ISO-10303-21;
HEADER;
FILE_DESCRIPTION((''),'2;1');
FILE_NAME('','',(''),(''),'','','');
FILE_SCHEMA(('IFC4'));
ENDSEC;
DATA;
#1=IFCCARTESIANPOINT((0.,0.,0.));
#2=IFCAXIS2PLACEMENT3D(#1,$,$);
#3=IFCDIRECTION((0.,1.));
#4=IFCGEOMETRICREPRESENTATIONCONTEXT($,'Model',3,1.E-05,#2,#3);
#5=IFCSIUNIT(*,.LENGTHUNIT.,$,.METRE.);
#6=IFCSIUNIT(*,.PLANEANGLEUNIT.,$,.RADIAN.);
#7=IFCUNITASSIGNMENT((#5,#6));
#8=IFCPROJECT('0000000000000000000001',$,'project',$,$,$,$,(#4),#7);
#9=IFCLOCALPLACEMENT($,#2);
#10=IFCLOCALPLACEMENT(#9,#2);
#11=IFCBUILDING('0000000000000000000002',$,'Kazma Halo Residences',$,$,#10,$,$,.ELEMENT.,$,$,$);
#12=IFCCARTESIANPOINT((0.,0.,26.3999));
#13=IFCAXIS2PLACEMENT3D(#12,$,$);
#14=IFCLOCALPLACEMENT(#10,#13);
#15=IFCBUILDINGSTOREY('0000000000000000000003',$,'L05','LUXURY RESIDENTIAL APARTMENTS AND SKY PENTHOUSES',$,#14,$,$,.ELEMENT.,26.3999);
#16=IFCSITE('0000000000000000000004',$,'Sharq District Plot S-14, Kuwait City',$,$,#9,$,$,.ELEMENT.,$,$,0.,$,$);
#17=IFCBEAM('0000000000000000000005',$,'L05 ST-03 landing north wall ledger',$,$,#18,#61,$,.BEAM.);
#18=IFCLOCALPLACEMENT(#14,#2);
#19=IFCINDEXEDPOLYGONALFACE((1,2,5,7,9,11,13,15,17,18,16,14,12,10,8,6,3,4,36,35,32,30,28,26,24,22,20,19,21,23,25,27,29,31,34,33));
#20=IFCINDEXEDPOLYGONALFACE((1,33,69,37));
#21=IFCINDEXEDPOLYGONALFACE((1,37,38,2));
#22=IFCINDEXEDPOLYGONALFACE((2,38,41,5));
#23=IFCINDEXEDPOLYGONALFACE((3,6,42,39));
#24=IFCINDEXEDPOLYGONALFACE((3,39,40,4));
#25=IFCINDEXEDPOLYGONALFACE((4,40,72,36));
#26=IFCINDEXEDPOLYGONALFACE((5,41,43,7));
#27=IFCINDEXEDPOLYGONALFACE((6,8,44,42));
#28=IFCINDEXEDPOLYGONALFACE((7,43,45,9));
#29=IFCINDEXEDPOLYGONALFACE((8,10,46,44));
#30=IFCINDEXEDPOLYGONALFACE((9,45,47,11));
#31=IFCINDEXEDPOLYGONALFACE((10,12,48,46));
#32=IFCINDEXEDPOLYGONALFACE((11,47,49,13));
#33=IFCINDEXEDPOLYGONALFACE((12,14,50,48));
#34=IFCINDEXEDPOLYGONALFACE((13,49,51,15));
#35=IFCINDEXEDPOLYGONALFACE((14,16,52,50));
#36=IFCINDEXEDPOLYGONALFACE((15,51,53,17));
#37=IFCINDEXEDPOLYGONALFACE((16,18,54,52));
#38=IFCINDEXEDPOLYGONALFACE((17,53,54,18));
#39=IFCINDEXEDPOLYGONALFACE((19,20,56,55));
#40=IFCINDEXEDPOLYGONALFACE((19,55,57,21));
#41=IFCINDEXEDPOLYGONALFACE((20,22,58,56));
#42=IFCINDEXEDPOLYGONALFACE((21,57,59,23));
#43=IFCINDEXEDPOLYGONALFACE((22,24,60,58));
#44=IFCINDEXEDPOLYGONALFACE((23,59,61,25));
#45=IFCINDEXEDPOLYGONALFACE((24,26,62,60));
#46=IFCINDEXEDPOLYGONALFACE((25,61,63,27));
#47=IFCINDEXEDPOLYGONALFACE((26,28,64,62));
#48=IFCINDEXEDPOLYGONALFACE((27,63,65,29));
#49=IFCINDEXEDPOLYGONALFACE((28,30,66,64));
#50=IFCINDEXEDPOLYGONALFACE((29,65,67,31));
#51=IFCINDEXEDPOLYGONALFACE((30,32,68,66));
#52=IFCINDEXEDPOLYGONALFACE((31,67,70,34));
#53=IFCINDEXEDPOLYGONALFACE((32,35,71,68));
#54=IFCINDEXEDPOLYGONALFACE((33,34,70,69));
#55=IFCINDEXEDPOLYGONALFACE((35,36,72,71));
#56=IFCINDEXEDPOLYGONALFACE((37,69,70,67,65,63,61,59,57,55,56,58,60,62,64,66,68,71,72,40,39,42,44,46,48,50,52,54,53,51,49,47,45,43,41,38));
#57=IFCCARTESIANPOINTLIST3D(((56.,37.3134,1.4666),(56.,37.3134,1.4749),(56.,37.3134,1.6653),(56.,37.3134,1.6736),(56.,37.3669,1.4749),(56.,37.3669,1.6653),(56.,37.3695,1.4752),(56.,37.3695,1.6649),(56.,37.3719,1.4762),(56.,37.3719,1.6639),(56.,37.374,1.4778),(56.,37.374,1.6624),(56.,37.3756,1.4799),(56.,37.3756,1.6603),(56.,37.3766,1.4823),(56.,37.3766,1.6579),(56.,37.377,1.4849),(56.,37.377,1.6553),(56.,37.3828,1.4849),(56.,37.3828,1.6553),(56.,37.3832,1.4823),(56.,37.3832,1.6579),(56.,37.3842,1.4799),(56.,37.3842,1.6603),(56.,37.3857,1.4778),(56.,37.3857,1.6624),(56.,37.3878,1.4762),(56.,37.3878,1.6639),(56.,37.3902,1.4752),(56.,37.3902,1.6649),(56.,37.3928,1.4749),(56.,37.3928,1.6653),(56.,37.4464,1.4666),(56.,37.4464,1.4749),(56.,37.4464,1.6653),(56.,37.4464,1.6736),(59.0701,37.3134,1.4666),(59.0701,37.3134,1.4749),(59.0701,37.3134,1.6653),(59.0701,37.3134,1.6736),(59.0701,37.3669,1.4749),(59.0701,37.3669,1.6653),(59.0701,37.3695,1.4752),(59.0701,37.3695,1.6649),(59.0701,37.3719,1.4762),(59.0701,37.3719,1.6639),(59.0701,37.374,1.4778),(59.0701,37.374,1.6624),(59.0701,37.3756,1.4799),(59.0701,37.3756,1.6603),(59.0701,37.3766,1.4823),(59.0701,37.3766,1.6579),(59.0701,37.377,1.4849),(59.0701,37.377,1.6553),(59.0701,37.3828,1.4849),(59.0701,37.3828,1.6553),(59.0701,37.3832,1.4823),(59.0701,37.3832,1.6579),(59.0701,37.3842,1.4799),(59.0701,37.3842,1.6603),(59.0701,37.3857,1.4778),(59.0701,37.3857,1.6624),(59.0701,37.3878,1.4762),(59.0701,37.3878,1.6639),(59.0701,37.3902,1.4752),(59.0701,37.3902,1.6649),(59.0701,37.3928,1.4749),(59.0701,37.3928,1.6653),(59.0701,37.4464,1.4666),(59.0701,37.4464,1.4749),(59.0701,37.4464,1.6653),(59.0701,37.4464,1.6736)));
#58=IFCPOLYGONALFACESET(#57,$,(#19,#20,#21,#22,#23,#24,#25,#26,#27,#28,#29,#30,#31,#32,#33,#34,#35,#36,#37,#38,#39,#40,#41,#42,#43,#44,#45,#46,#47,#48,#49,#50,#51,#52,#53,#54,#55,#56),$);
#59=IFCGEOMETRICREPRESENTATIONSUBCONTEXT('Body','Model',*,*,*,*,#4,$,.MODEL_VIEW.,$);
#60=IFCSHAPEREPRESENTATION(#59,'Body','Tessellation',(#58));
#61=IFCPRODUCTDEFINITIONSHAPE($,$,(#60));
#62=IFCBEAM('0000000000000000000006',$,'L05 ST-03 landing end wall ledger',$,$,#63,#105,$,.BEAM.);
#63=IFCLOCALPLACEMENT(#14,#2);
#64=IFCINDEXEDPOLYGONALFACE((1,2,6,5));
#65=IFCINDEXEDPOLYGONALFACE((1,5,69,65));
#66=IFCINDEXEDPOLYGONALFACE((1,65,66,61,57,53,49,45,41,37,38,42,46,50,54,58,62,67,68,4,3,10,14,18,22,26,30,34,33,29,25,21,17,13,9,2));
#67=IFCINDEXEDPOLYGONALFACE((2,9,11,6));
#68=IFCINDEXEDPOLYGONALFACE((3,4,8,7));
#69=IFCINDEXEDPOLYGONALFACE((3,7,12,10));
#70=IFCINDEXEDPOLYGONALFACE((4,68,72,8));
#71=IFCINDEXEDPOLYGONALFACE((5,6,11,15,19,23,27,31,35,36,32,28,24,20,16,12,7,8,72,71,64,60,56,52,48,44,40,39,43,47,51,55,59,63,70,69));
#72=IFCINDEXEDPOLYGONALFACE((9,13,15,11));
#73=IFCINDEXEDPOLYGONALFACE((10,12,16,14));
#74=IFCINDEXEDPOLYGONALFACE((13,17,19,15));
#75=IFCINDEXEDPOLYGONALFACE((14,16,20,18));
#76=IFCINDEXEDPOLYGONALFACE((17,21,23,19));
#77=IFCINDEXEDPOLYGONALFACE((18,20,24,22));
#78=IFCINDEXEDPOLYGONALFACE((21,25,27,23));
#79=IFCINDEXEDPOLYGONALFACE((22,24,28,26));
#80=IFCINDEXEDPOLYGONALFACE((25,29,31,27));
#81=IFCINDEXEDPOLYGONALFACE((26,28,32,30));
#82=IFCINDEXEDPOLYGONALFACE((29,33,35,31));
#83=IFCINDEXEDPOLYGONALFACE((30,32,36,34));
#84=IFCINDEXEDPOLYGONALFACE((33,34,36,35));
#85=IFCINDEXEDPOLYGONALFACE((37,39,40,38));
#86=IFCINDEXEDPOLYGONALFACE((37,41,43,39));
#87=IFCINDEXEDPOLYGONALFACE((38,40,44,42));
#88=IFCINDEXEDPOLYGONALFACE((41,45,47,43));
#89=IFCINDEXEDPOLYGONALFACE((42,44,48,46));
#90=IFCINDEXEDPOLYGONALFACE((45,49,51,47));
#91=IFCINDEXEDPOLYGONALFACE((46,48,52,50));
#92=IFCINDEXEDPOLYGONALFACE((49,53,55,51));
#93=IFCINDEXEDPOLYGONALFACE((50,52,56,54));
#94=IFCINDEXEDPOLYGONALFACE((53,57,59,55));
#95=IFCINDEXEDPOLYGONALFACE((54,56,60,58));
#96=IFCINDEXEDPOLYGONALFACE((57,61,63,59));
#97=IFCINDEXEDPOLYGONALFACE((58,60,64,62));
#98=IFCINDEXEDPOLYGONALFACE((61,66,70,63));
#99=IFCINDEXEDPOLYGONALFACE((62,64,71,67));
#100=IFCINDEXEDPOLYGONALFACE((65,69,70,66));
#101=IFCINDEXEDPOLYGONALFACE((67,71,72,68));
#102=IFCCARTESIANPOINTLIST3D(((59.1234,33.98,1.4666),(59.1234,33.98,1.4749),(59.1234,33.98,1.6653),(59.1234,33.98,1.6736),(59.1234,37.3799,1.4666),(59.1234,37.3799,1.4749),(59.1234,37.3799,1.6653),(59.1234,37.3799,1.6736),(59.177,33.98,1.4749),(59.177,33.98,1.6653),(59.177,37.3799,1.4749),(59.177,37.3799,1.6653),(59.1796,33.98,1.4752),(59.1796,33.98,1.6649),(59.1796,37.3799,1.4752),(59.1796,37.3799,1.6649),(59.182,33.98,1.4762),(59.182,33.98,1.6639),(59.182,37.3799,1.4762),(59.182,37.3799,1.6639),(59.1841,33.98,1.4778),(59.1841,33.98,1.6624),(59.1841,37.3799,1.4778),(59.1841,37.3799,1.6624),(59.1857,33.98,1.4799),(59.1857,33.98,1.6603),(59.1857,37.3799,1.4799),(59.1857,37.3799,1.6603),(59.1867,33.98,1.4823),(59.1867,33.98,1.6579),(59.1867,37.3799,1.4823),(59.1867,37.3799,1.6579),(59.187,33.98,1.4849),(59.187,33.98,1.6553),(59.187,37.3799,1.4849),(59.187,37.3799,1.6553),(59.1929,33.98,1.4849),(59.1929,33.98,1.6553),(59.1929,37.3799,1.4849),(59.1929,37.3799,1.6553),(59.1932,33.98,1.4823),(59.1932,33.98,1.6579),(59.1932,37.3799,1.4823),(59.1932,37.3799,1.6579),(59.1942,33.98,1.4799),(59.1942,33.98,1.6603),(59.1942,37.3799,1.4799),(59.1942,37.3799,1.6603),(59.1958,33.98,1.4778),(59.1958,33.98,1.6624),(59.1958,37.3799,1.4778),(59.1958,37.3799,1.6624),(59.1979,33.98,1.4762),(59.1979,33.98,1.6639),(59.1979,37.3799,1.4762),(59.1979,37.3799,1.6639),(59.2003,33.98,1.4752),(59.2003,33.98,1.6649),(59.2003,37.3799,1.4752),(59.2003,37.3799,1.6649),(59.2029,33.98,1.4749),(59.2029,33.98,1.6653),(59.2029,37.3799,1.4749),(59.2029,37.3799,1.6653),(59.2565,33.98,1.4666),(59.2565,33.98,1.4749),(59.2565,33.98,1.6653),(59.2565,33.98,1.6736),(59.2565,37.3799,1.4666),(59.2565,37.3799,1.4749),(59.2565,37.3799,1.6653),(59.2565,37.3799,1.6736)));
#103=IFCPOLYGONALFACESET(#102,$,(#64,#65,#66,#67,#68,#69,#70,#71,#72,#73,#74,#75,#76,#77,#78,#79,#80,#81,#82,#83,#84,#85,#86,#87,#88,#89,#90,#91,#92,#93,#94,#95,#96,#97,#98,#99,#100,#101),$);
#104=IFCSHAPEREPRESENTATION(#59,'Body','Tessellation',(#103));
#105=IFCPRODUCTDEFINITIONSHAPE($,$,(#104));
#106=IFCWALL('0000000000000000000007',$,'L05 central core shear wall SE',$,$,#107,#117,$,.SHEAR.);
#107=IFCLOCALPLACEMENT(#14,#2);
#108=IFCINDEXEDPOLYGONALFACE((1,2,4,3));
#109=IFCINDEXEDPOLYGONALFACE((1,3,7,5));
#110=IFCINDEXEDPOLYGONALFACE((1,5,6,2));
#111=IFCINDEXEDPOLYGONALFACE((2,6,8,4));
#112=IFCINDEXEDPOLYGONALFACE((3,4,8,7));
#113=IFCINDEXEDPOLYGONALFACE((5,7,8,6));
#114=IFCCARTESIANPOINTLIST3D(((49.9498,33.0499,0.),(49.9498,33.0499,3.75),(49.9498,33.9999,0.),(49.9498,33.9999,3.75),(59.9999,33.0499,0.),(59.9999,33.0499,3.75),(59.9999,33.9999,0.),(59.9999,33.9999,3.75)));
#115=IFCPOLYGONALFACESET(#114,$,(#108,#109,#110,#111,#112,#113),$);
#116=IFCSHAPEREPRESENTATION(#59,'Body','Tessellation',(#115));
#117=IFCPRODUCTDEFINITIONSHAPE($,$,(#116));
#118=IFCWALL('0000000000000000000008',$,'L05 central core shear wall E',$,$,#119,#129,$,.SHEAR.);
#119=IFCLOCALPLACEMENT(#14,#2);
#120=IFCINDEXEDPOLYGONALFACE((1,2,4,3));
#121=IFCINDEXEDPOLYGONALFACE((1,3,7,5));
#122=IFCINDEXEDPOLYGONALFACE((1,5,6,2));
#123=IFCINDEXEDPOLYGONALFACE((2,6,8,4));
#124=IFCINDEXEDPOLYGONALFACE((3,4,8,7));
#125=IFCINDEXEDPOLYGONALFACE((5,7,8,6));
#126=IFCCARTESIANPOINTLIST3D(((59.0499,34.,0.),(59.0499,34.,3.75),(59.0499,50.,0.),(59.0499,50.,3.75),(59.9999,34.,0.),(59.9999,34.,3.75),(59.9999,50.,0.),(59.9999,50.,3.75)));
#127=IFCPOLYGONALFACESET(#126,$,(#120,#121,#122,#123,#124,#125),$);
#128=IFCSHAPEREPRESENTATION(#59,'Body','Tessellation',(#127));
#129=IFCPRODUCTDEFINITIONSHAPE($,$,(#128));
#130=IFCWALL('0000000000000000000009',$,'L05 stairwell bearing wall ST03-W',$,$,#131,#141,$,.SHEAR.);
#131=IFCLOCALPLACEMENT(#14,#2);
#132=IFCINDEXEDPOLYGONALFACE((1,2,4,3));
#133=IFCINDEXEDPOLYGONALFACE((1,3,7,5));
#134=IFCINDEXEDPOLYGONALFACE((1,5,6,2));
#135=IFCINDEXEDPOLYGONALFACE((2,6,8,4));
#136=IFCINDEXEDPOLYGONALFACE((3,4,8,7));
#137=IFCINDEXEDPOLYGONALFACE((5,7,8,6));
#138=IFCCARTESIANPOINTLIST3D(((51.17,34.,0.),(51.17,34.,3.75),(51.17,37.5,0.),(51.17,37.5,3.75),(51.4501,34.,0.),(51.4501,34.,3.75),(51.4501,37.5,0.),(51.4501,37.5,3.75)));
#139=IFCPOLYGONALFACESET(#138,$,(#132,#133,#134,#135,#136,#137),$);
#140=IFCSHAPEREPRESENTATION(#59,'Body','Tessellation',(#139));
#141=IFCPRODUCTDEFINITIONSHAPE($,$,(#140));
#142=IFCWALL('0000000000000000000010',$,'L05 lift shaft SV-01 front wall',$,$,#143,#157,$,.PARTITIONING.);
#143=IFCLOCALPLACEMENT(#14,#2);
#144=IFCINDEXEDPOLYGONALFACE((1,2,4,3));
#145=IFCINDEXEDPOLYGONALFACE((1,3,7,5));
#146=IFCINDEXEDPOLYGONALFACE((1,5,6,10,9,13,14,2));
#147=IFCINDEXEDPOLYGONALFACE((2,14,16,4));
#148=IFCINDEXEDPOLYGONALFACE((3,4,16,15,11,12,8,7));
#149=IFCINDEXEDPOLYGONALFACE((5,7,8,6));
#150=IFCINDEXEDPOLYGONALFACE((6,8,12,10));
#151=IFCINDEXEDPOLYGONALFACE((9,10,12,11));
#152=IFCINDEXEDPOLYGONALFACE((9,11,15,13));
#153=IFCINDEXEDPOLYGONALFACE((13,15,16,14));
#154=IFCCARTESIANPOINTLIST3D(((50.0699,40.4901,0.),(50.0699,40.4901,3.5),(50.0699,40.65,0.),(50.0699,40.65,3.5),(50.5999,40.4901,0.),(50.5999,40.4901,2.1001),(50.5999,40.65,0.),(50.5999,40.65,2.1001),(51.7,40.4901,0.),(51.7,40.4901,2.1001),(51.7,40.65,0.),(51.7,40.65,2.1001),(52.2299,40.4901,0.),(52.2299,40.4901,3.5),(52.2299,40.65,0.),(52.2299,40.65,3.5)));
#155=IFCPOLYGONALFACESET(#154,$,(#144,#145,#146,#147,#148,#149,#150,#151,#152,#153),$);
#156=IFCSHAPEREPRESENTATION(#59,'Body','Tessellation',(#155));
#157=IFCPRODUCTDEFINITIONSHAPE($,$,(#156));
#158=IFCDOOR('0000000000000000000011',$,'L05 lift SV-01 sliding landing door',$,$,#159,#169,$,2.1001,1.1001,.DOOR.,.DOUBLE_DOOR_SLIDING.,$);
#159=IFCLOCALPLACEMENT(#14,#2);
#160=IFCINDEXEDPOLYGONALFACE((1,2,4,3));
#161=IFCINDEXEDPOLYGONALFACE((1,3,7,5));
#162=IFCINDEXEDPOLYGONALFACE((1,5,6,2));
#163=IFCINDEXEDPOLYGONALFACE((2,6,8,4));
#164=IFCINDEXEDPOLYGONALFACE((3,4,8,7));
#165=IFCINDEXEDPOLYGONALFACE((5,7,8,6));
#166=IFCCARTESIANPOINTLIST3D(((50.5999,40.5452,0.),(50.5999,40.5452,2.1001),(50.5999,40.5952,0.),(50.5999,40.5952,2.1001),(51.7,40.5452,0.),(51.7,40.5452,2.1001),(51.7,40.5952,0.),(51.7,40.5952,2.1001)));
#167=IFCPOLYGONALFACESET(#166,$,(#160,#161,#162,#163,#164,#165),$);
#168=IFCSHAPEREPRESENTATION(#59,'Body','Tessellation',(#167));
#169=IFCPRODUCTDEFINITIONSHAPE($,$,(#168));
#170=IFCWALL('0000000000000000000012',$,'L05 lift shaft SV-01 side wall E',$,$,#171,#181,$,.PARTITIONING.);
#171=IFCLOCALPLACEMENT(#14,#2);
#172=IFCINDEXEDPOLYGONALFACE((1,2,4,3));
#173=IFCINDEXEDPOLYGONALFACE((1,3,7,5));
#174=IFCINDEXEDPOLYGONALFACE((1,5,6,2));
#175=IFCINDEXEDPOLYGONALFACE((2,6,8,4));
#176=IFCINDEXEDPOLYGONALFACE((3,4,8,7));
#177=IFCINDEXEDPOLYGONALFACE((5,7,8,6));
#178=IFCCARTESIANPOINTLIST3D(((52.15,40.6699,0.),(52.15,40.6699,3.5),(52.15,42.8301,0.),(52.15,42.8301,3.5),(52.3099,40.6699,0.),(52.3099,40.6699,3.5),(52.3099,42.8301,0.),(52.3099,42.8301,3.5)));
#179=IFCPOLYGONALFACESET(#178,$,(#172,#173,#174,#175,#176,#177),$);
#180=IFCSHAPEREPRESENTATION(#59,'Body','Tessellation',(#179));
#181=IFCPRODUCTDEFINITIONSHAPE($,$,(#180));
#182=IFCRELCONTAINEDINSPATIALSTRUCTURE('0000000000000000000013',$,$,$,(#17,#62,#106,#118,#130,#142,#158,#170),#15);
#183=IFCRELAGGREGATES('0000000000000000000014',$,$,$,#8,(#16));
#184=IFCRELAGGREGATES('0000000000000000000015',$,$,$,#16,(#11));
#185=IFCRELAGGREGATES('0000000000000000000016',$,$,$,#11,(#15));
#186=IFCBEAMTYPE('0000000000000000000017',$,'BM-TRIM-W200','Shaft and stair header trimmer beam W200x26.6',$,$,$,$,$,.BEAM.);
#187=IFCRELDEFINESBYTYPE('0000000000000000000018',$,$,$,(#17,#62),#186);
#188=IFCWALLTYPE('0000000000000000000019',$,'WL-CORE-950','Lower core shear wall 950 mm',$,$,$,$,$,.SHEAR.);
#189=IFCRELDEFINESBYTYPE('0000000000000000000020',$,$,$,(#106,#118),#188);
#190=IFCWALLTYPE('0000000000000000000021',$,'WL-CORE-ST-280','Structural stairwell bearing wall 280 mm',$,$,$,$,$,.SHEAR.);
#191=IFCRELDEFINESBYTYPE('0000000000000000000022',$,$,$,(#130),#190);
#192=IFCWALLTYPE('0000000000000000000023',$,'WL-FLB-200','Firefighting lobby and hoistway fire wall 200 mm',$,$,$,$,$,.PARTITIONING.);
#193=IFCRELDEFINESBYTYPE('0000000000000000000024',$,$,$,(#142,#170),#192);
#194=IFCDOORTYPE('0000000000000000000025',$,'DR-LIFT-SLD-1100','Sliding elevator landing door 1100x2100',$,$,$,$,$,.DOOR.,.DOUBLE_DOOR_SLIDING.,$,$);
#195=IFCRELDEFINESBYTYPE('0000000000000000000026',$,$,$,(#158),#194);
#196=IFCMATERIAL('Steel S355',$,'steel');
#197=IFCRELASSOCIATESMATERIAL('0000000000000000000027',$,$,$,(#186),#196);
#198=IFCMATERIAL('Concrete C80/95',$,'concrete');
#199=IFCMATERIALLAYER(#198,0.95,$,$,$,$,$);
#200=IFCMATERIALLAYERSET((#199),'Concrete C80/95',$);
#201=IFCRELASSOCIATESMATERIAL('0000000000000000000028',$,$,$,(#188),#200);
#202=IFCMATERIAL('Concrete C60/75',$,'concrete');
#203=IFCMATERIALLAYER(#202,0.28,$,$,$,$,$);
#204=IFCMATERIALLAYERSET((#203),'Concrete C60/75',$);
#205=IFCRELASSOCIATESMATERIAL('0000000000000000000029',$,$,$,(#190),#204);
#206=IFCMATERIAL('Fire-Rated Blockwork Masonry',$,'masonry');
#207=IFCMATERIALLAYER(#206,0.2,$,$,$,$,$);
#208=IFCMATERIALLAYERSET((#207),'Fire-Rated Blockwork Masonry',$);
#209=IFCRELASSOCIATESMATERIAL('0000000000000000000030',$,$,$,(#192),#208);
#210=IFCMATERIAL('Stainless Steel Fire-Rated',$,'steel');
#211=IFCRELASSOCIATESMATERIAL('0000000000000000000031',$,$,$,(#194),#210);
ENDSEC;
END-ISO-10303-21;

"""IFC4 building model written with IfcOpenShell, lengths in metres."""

from ifc_helpers import new_model, si_unit, direction, frame, frame_2d, origin, origin_2d, place, context, subcontext, project, spatial, rectangle, i_section, extrude, material, layer, layer_set, material_profile, profile_set, type_object, element, fill, save


model = new_model("IFC4")

# Units and contexts
model_context = context("Model", 3, precision=1e-05, world=origin(), true_north=direction((0.0, 1.0)))
body_context = subcontext(model_context, "Body", "Model", "MODEL_VIEW")
ifc_project = project(units=[si_unit("LENGTHUNIT", "METRE"), si_unit("PLANEANGLEUNIT", "RADIAN")], contexts=[model_context])

# Site, building, storey
site_placement = place(None, origin())
site = spatial("IfcSite", under=ifc_project, at=site_placement, Name="Sharq District Plot S-14, Kuwait City", CompositionType="ELEMENT", RefElevation=0.0)
building_placement = place(site_placement, origin())
building = spatial("IfcBuilding", under=site, at=building_placement, Name="Kazma Halo Residences", CompositionType="ELEMENT")
storey_placement = place(building_placement, frame((0.0, 0.0, 26.3999)))
storey = spatial("IfcBuildingStorey", under=building, at=storey_placement, Name="L05", Description="LUXURY RESIDENTIAL APARTMENTS AND SKY PENTHOUSES", CompositionType="ELEMENT", Elevation=26.3999)

# Shared definitions
ifc_material_1 = material(Name="Steel S355", Category="steel")

# Beams
ifc_material_profile_1 = material_profile(ifc_material_1, i_section(OverallWidth=0.1331, OverallDepth=0.207, WebThickness=0.0059, FlangeThickness=0.0083, FilletRadius=0.01, at=origin_2d()), Name="W200x26.6")
ifc_profile_set_1 = profile_set([ifc_material_profile_1], Name="Steel S355")
beam_type_1 = type_object("IfcBeamType", Name="BM-TRIM-W200", Description="Shaft and stair header trimmer beam W200x26.6", PredefinedType="BEAM", material=ifc_profile_set_1)
beam_1_placement = place(storey_placement, frame((56.0, 37.3799, 1.5701), z_axis=(1.0, 0.0, 0.0), x_axis=(0.0, 1.0, 0.0)))
element("IfcBeam", 1, at=beam_1_placement, inside=storey, type_object=beam_type_1, Name="L05 ST-03 landing north wall ledger", PredefinedType="BEAM", context=body_context, shape_type="SweptSolid", body=[
    extrude(i_section(OverallWidth=0.1331, OverallDepth=0.207, WebThickness=0.0059, FlangeThickness=0.0083, FilletRadius=0.01, at=origin_2d()), origin(), (0.0, 0.0, 1.0), 3.0701),
])
beam_2_placement = place(storey_placement, frame((59.1899, 33.98, 1.5701), z_axis=(0.0, 1.0, 0.0), x_axis=(-1.0, 0.0, 0.0)))
element("IfcBeam", 2, at=beam_2_placement, inside=storey, type_object=beam_type_1, Name="L05 ST-03 landing end wall ledger", PredefinedType="BEAM", context=body_context, shape_type="SweptSolid", body=[
    extrude(i_section(OverallWidth=0.1331, OverallDepth=0.207, WebThickness=0.0059, FlangeThickness=0.0083, FilletRadius=0.01, at=origin_2d()), origin(), (0.0, 0.0, 1.0), 3.3999),
])

# Walls
ifc_material_2 = material(Name="Concrete C80/95", Category="concrete")
ifc_layer_1 = layer(ifc_material_2, 0.95)
ifc_layer_set_1 = layer_set([ifc_layer_1], Name="Concrete C80/95")
wall_type_1 = type_object("IfcWallType", Name="WL-CORE-950", Description="Lower core shear wall 950 mm", PredefinedType="SHEAR", material=ifc_layer_set_1)
wall_1_placement = place(storey_placement, frame((49.95, 33.5249, 0.0), z_axis=(0.0, 0.0, 1.0), x_axis=(1.0, 0.0, 0.0)))
element("IfcWall", 3, at=wall_1_placement, inside=storey, type_object=wall_type_1, Name="L05 central core shear wall SE", PredefinedType="SHEAR", context=body_context, shape_type="SweptSolid", body=[
    extrude(rectangle(XDim=10.05, YDim=0.95, at=frame_2d((5.0249, 0.0))), origin(), (0.0, 0.0, 1.0), 3.75),
])
wall_2_placement = place(storey_placement, frame((59.5249, 34.0, 0.0), z_axis=(0.0, 0.0, 1.0), x_axis=(0.0, 1.0, 0.0)))
element("IfcWall", 4, at=wall_2_placement, inside=storey, type_object=wall_type_1, Name="L05 central core shear wall E", PredefinedType="SHEAR", context=body_context, shape_type="SweptSolid", body=[
    extrude(rectangle(XDim=16.0, YDim=0.95, at=frame_2d((8.0, 0.0))), origin(), (0.0, 0.0, 1.0), 3.75),
])
ifc_material_3 = material(Name="Concrete C60/75", Category="concrete")
ifc_layer_2 = layer(ifc_material_3, 0.28)
ifc_layer_set_2 = layer_set([ifc_layer_2], Name="Concrete C60/75")
wall_type_2 = type_object("IfcWallType", Name="WL-CORE-ST-280", Description="Structural stairwell bearing wall 280 mm", PredefinedType="SHEAR", material=ifc_layer_set_2)
wall_3_placement = place(storey_placement, frame((51.3101, 34.0, 0.0), z_axis=(0.0, 0.0, 1.0), x_axis=(0.0, 1.0, 0.0)))
element("IfcWall", 5, at=wall_3_placement, inside=storey, type_object=wall_type_2, Name="L05 stairwell bearing wall ST03-W", PredefinedType="SHEAR", context=body_context, shape_type="SweptSolid", body=[
    extrude(rectangle(XDim=3.5, YDim=0.28, at=frame_2d((1.75, 0.0))), origin(), (0.0, 0.0, 1.0), 3.75),
])

# Wall, opening, door
ifc_material_4 = material(Name="Fire-Rated Blockwork Masonry", Category="masonry")
ifc_layer_3 = layer(ifc_material_4, 0.2)
ifc_layer_set_3 = layer_set([ifc_layer_3], Name="Fire-Rated Blockwork Masonry")
wall_type_3 = type_object("IfcWallType", Name="WL-FLB-200", Description="Firefighting lobby and hoistway fire wall 200 mm", PredefinedType="PARTITIONING", material=ifc_layer_set_3)
wall_4_placement = place(storey_placement, frame((52.23, 40.5701, 0.0), z_axis=(0.0, 0.0, 1.0), x_axis=(-1.0, 0.0, 0.0)))
wall_4 = element("IfcWall", 6, at=wall_4_placement, inside=storey, type_object=wall_type_3, Name="L05 lift shaft SV-01 front wall", PredefinedType="PARTITIONING", context=body_context, shape_type="SweptSolid", body=[
    extrude(rectangle(XDim=2.1599, YDim=0.1599, at=frame_2d((1.0801, 0.0))), origin(), (0.0, 0.0, 1.0), 3.5),
])
opening_1_placement = place(wall_4_placement, frame((0.53, 0.0, 0.0)))
opening_1 = element("IfcOpeningElement", 7, at=opening_1_placement, cuts=wall_4, PredefinedType="OPENING", context=body_context, shape_type="SweptSolid", body=[
    extrude(rectangle(XDim=1.1001, YDim=2.1001, at=frame_2d((0.55, 1.05))), frame((0.0, 0.0898, 0.0), z_axis=(0.0, -1.0, 0.0), x_axis=(1.0, 0.0, 0.0)), (0.0, 0.0, 1.0), 0.1799),
])
ifc_material_5 = material(Name="Stainless Steel Fire-Rated", Category="steel")
door_type_1 = type_object("IfcDoorType", Name="DR-LIFT-SLD-1100", Description="Sliding elevator landing door 1100x2100", OperationType="DOUBLE_DOOR_SLIDING", PredefinedType="DOOR", material=ifc_material_5)
door_1_placement = place(opening_1_placement, origin())
door_1 = element("IfcDoor", 8, at=door_1_placement, inside=storey, type_object=door_type_1, Name="L05 lift SV-01 sliding landing door", OperationType="DOUBLE_DOOR_SLIDING", OverallHeight=2.1001, OverallWidth=1.1001, PredefinedType="DOOR", context=body_context, shape_type="SweptSolid", body=[
    extrude(rectangle(XDim=1.1001, YDim=2.1001, at=frame_2d((0.55, 1.05))), frame((0.0, 0.0249, 0.0), z_axis=(0.0, -1.0, 0.0), x_axis=(1.0, 0.0, 0.0)), (0.0, 0.0, 1.0), 0.05),
])
fill(opening_1, door_1)

# Wall
for number, where, z_axis, x_axis, name in (
    (9, (52.23, 40.6699, 0.0), (0.0, 0.0, 1.0), (0.0, 1.0, 0.0), "L05 lift shaft SV-01 side wall E"),
):
    element("IfcWall", number, at=place(storey_placement, frame(where, z_axis=z_axis, x_axis=x_axis)), inside=storey, type_object=wall_type_3, Name=name, PredefinedType="PARTITIONING", context=body_context, shape_type="SweptSolid", body=[
        extrude(rectangle(XDim=2.1602, YDim=0.1599, at=frame_2d((1.0801, 0.0))), origin(), (0.0, 0.0, 1.0), 3.5),
    ])

save(model, "model.ifc")
